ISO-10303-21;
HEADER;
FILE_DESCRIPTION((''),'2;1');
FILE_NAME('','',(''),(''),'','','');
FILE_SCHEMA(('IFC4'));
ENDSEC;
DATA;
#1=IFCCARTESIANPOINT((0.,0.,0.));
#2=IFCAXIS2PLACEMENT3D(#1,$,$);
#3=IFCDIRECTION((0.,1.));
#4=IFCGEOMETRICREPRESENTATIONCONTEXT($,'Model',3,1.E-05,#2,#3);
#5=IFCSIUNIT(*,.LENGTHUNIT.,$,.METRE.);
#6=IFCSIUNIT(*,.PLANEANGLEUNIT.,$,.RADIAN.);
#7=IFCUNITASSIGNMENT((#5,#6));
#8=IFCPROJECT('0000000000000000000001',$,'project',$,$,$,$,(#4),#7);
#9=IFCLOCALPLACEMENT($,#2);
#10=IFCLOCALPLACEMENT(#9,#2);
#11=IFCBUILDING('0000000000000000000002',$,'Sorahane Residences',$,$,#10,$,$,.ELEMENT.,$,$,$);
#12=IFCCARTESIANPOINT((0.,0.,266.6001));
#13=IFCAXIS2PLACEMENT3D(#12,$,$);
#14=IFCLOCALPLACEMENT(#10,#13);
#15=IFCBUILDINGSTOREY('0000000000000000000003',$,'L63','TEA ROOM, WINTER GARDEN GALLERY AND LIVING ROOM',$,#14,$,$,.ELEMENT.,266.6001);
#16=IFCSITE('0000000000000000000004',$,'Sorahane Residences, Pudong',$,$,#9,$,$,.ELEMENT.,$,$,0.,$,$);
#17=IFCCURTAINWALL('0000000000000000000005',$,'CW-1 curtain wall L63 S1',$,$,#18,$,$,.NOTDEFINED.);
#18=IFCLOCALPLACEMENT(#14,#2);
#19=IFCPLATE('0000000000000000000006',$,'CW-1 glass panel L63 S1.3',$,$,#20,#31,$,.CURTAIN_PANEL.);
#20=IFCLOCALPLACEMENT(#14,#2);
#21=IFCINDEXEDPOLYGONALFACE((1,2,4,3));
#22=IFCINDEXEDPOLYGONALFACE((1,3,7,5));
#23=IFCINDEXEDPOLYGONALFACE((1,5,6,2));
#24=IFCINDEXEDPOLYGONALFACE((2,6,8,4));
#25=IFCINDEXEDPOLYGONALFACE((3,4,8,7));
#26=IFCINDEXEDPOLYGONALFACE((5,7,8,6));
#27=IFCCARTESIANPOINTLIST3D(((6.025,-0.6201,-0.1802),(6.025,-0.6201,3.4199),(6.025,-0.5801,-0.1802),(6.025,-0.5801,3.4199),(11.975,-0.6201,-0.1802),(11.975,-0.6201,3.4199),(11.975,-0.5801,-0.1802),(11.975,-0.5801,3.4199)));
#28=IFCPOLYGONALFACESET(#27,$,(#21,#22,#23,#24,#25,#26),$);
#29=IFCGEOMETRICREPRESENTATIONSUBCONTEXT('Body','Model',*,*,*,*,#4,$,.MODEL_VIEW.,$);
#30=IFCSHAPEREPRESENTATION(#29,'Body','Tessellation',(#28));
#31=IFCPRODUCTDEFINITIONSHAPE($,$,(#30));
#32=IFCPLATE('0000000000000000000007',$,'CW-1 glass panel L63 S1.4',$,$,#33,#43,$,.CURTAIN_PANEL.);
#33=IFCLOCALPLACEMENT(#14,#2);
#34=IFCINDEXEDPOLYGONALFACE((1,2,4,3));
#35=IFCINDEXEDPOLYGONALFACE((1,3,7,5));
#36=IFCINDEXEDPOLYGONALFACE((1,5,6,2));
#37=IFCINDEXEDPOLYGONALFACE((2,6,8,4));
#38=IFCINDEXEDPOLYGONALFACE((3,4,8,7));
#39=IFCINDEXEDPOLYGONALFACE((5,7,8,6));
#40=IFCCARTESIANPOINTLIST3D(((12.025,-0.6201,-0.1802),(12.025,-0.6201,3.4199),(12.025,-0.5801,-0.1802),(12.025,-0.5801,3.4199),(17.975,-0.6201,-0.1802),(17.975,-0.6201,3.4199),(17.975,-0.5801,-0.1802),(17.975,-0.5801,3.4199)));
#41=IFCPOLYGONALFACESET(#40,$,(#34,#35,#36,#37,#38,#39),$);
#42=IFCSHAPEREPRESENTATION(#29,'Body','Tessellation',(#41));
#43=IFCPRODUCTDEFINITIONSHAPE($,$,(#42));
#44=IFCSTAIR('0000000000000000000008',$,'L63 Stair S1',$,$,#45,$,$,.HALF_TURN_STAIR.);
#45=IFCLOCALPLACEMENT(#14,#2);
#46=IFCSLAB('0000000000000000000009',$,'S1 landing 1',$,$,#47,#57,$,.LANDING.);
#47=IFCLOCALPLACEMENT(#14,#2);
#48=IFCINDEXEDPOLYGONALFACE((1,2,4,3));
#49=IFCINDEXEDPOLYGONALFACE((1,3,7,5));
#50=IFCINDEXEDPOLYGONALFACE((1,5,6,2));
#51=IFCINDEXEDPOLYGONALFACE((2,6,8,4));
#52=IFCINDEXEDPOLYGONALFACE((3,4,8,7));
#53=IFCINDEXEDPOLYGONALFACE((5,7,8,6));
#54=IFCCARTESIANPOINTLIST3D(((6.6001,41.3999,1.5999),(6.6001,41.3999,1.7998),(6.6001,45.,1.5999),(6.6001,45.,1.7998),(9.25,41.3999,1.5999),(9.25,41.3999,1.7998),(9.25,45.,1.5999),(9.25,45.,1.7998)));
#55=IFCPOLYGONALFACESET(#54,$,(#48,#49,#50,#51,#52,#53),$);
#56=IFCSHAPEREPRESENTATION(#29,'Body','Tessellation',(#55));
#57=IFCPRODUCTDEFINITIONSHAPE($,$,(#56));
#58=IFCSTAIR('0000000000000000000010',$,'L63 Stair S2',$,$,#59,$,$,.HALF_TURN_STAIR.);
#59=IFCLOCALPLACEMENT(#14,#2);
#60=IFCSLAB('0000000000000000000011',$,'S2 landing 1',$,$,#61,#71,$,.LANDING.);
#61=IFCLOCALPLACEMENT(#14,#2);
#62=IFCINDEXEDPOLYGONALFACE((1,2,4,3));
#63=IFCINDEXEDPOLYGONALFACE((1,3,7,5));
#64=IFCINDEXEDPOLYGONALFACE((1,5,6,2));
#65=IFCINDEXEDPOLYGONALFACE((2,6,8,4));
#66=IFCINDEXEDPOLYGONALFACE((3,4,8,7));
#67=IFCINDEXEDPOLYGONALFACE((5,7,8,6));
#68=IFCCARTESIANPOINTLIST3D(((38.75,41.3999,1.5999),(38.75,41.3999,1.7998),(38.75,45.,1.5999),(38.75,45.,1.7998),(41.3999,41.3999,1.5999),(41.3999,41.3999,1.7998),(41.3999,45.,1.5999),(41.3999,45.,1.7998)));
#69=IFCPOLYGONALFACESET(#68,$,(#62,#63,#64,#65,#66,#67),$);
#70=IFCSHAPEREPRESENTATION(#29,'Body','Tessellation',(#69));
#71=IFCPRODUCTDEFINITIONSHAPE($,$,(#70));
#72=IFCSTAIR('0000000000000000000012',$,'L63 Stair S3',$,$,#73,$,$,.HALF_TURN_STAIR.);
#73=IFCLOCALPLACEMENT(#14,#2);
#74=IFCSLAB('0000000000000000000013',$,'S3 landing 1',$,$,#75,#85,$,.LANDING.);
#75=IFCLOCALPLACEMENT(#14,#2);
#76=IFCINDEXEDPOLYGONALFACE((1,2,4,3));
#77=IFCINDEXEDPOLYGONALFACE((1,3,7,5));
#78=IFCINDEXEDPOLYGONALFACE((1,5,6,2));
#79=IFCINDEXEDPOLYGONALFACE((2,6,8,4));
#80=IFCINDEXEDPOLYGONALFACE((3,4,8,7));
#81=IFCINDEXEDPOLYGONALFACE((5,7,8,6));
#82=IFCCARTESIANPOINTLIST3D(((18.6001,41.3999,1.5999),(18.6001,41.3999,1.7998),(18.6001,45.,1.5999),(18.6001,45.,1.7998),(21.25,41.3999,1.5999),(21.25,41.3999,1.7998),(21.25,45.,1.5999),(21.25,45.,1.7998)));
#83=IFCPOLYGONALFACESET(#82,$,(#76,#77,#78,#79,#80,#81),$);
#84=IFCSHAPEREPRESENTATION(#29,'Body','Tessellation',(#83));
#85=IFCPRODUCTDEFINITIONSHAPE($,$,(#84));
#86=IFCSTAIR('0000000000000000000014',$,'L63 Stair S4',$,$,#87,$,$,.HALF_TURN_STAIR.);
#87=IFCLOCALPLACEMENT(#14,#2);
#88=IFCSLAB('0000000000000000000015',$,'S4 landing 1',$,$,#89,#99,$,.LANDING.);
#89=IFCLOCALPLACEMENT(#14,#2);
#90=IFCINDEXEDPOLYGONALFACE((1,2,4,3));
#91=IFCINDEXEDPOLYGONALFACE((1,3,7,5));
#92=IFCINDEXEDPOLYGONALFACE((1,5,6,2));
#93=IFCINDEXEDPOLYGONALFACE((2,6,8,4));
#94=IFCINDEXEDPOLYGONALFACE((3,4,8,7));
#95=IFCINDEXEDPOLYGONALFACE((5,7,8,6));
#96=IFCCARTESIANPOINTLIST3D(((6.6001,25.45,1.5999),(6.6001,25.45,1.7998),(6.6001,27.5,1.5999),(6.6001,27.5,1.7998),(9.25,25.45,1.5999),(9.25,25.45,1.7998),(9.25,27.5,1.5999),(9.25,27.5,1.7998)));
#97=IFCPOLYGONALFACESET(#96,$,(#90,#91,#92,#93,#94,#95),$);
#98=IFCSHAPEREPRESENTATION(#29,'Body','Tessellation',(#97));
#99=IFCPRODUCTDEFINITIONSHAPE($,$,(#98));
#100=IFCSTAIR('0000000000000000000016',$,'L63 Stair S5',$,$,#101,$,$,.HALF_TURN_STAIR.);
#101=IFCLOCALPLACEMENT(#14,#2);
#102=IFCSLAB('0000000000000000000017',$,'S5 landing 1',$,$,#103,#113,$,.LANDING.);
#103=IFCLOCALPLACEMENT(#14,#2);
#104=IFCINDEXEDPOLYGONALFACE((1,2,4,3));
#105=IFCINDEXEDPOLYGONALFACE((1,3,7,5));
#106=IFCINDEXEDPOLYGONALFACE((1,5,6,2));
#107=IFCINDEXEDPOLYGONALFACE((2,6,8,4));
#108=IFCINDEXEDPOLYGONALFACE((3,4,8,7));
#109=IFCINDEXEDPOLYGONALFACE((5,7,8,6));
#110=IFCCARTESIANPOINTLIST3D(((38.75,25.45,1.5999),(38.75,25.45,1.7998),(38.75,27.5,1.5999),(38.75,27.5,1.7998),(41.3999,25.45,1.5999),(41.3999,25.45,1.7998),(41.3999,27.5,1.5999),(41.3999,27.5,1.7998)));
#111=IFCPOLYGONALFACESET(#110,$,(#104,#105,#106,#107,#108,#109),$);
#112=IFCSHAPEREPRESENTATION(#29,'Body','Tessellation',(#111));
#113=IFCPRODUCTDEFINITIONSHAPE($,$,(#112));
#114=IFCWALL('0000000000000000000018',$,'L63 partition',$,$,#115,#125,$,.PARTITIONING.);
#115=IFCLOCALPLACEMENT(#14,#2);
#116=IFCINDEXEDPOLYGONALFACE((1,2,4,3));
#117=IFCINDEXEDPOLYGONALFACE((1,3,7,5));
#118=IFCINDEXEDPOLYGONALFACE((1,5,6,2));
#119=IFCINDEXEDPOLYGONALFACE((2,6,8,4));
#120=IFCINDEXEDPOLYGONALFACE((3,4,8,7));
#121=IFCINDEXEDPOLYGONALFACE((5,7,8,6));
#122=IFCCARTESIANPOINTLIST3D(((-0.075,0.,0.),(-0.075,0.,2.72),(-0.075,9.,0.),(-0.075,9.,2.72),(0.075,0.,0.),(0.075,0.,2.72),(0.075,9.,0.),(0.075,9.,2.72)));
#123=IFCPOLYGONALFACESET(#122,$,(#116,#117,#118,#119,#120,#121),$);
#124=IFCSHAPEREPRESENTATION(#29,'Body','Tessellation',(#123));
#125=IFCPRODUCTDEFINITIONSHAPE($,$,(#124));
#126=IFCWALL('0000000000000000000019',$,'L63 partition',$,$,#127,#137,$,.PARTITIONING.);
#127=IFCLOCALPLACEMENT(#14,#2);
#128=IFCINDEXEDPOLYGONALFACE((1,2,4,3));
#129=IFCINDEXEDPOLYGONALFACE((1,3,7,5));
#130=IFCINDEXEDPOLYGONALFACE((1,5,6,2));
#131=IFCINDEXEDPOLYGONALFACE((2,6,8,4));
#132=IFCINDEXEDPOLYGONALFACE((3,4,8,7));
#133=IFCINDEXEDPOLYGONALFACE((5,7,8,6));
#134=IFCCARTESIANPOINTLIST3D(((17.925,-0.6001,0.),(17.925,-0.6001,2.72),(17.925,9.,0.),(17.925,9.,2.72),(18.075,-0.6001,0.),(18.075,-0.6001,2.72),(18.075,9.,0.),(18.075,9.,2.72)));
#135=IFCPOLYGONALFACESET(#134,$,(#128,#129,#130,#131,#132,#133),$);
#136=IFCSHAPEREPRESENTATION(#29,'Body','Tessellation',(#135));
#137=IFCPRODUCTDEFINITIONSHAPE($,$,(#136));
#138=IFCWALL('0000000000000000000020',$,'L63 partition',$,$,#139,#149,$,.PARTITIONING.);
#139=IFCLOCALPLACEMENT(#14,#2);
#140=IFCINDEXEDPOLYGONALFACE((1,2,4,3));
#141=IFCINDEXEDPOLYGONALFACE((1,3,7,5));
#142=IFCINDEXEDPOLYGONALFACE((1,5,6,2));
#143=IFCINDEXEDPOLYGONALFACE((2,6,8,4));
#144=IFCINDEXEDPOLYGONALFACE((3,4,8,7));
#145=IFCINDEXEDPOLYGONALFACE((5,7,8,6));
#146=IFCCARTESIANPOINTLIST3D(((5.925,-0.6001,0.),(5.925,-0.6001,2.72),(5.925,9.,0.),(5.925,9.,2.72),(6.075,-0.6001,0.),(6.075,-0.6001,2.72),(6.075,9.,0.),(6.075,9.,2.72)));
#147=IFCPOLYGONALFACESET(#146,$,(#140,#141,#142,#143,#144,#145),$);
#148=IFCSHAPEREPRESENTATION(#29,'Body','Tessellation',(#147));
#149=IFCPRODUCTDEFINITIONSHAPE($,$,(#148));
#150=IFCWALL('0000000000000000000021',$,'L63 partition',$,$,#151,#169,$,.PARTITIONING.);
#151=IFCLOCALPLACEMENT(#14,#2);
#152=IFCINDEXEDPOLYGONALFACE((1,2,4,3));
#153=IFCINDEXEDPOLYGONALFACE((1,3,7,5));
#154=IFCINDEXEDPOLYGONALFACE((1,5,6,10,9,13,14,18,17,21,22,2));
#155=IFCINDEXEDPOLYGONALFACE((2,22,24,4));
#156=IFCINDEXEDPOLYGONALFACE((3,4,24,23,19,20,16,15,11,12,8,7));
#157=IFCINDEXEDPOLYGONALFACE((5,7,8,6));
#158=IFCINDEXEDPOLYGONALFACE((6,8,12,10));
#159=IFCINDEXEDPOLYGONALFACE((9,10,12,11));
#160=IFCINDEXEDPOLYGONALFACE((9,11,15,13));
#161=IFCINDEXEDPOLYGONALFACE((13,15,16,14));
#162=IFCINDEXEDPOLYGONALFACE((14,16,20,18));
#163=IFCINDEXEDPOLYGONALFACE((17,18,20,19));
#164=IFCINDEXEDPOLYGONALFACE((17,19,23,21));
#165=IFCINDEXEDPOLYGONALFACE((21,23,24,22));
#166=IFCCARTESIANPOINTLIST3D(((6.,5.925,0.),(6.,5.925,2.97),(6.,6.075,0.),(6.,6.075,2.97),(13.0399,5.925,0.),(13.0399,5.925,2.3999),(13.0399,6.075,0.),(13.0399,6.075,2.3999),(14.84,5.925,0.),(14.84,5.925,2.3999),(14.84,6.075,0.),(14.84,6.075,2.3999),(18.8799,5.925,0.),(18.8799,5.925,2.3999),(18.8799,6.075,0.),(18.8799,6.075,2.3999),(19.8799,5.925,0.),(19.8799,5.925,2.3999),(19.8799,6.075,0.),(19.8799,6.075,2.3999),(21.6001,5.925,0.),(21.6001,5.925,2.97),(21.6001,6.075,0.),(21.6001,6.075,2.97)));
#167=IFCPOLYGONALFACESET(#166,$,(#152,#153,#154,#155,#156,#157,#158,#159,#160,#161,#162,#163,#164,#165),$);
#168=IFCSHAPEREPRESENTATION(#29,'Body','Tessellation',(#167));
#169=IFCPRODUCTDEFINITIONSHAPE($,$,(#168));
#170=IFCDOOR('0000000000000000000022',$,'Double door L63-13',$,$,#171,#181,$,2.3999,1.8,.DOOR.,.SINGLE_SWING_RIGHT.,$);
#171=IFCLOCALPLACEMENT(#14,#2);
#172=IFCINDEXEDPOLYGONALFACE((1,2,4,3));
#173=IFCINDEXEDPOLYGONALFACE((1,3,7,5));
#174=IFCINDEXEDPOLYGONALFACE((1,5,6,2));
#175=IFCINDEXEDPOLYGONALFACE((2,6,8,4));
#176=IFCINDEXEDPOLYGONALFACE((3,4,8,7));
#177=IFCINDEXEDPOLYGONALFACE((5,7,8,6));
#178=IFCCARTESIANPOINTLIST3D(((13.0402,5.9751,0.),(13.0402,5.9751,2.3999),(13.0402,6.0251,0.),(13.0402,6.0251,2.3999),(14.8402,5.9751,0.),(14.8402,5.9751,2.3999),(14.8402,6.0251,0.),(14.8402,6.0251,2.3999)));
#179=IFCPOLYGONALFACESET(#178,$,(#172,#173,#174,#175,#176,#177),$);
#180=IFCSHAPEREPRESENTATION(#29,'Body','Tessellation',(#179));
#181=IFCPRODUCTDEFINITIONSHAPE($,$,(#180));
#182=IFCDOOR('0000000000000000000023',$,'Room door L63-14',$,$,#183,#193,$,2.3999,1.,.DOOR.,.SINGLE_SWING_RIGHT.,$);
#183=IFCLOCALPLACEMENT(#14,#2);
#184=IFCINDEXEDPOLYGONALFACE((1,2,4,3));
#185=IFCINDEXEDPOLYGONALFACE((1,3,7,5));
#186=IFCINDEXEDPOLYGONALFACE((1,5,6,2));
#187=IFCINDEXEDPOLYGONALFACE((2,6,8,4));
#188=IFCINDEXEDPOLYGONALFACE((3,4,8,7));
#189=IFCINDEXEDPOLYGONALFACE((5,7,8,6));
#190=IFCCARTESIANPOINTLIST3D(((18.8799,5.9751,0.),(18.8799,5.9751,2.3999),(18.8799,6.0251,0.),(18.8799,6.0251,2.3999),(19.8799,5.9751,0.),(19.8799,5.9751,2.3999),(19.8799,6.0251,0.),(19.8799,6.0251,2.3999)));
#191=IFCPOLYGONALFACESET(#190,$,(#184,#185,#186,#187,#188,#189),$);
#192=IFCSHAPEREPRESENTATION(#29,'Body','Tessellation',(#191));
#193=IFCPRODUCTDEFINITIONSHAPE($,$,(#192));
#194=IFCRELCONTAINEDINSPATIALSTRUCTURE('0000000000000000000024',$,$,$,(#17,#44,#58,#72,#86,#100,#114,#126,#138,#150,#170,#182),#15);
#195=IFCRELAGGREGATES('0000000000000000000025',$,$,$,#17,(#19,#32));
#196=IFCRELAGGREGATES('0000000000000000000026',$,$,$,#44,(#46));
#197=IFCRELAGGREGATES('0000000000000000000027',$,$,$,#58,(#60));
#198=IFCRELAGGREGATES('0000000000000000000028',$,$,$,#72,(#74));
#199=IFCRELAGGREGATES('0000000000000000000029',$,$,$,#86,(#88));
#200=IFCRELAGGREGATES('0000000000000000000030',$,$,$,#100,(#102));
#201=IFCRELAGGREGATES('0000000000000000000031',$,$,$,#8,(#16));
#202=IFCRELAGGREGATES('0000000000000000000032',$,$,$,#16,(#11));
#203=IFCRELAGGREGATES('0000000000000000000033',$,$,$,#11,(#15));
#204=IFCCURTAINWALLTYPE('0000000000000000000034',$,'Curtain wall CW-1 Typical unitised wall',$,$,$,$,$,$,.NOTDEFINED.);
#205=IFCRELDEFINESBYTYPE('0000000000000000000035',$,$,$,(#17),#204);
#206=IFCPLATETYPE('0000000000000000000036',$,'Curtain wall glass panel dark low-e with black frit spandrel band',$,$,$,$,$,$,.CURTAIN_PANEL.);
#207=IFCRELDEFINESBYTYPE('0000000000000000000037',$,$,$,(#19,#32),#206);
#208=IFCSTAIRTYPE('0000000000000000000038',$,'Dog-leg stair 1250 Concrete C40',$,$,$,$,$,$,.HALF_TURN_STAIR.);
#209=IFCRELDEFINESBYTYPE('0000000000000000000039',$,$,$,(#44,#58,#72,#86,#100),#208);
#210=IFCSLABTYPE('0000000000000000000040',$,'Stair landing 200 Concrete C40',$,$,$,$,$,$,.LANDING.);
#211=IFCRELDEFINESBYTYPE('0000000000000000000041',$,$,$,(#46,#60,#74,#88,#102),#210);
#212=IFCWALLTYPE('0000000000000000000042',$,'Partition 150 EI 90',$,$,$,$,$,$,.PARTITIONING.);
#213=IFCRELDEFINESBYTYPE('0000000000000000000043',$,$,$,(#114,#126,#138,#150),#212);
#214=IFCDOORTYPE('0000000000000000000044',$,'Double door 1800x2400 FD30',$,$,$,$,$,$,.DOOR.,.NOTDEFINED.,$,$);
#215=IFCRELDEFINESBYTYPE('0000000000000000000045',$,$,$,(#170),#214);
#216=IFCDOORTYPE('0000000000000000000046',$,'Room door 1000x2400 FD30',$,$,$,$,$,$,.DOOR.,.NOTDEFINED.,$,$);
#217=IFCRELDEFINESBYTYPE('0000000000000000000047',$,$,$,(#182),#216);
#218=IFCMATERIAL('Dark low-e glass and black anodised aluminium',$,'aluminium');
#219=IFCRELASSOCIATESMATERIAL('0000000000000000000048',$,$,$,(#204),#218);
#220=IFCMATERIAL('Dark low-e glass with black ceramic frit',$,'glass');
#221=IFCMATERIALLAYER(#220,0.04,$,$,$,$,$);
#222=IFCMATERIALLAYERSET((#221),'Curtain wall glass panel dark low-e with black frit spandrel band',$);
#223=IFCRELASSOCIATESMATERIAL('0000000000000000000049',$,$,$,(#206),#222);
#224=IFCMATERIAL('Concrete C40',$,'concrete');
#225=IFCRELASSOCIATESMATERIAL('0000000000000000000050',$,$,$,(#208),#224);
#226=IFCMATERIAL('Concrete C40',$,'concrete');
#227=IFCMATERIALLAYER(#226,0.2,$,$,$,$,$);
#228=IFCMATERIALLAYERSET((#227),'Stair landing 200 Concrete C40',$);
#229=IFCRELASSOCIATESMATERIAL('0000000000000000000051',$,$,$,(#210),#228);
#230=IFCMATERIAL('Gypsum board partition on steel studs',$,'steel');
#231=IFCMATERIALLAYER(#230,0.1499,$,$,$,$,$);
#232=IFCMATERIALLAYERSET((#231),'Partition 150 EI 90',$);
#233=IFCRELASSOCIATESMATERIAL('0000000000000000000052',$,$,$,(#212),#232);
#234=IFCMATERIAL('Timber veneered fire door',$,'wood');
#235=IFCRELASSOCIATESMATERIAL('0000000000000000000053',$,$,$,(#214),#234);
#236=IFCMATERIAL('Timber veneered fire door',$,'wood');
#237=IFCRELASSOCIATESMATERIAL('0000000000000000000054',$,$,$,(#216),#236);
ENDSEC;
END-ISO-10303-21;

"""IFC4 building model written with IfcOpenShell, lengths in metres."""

from ifc_helpers import new_model, si_unit, direction, frame, frame_2d, origin, origin_2d, place, context, subcontext, project, spatial, polyline, rectangle, outline, extrude, material, layer, layer_set, type_object, element, fill, aggregate, save


model = new_model("IFC4")

# Units and contexts
model_context = context("Model", 3, precision=1e-05, world=origin(), true_north=direction((0.0, 1.0)))
body_context = subcontext(model_context, "Body", "Model", "MODEL_VIEW")
ifc_project = project(units=[si_unit("LENGTHUNIT", "METRE"), si_unit("PLANEANGLEUNIT", "RADIAN")], contexts=[model_context])

# Site, building, storey
site_placement = place(None, origin())
site = spatial("IfcSite", under=ifc_project, at=site_placement, Name="Sorahane Residences, Pudong", CompositionType="ELEMENT", RefElevation=0.0)
building_placement = place(site_placement, origin())
building = spatial("IfcBuilding", under=site, at=building_placement, Name="Sorahane Residences", CompositionType="ELEMENT")
storey_placement = place(building_placement, frame((0.0, 0.0, 266.6001)))
storey = spatial("IfcBuildingStorey", under=building, at=storey_placement, Name="L63", Description="TEA ROOM, WINTER GARDEN GALLERY AND LIVING ROOM", CompositionType="ELEMENT", Elevation=266.6001)

# Curtain wall
ifc_material_1 = material(Name="Dark low-e glass and black anodised aluminium", Category="aluminium")
curtain_wall_type = type_object("IfcCurtainWallType", Name="Curtain wall CW-1 Typical unitised wall", PredefinedType="NOTDEFINED", material=ifc_material_1)
curtain_wall_placement = place(storey_placement, origin())
curtain_wall = element("IfcCurtainWall", 1, at=curtain_wall_placement, inside=storey, type_object=curtain_wall_type, Name="CW-1 curtain wall L63 S1", PredefinedType="NOTDEFINED")

# Plates
ifc_material_2 = material(Name="Dark low-e glass with black ceramic frit", Category="glass")
ifc_layer_1 = layer(ifc_material_2, 0.04)
ifc_layer_set_1 = layer_set([ifc_layer_1], Name="Curtain wall glass panel dark low-e with black frit spandrel band")
plate_type = type_object("IfcPlateType", Name="Curtain wall glass panel dark low-e with black frit spandrel band", PredefinedType="CURTAIN_PANEL", material=ifc_layer_set_1)
plate_1_placement = place(storey_placement, frame((9.0, -0.6001, -0.1802), z_axis=(0.0, 0.0, 1.0), x_axis=(1.0, 0.0, 0.0)))
plate_1 = element("IfcPlate", 2, at=plate_1_placement, type_object=plate_type, Name="CW-1 glass panel L63 S1.3", PredefinedType="CURTAIN_PANEL", context=body_context, shape_type="SweptSolid", body=[
    extrude(rectangle(XDim=5.95, YDim=0.04, at=origin_2d()), origin(), (0.0, 0.0, 1.0), 3.6001),
])
plate_2_placement = place(storey_placement, frame((15.0, -0.6001, -0.1802), z_axis=(0.0, 0.0, 1.0), x_axis=(1.0, 0.0, 0.0)))
plate_2 = element("IfcPlate", 3, at=plate_2_placement, type_object=plate_type, Name="CW-1 glass panel L63 S1.4", PredefinedType="CURTAIN_PANEL", context=body_context, shape_type="SweptSolid", body=[
    extrude(rectangle(XDim=5.95, YDim=0.04, at=origin_2d()), origin(), (0.0, 0.0, 1.0), 3.6001),
])
aggregate(curtain_wall, [plate_1, plate_2])

# Stairs, slabs
ifc_material_3 = material(Name="Concrete C40", Category="concrete")
stair_type = type_object("IfcStairType", Name="Dog-leg stair 1250 Concrete C40", PredefinedType="HALF_TURN_STAIR", material=ifc_material_3)
stair_1_placement = place(storey_placement, origin())
stair_1 = element("IfcStair", 4, at=stair_1_placement, inside=storey, type_object=stair_type, Name="L63 Stair S1", PredefinedType="HALF_TURN_STAIR")
ifc_material_4 = material(Name="Concrete C40", Category="concrete")
ifc_layer_2 = layer(ifc_material_4, 0.2)
ifc_layer_set_2 = layer_set([ifc_layer_2], Name="Stair landing 200 Concrete C40")
slab_type_1 = type_object("IfcSlabType", Name="Stair landing 200 Concrete C40", PredefinedType="LANDING", material=ifc_layer_set_2)
slab_1_placement = place(storey_placement, frame((0.0, 0.0, 1.5999)))
slab_1 = element("IfcSlab", 5, at=slab_1_placement, type_object=slab_type_1, Name="S1 landing 1", PredefinedType="LANDING", context=body_context, shape_type="SweptSolid", body=[
    extrude(outline(polyline([(9.25, 41.3999), (9.25, 45.0), (6.6001, 45.0), (6.6001, 41.3999), (9.25, 41.3999)])), origin(), (0.0, 0.0, 1.0), 0.2),
])
aggregate(stair_1, [slab_1])
stair_2_placement = place(storey_placement, origin())
stair_2 = element("IfcStair", 6, at=stair_2_placement, inside=storey, type_object=stair_type, Name="L63 Stair S2", PredefinedType="HALF_TURN_STAIR")
slab_2_placement = place(storey_placement, frame((0.0, 0.0, 1.5999)))
slab_2 = element("IfcSlab", 7, at=slab_2_placement, type_object=slab_type_1, Name="S2 landing 1", PredefinedType="LANDING", context=body_context, shape_type="SweptSolid", body=[
    extrude(outline(polyline([(41.3999, 41.3999), (41.3999, 45.0), (38.75, 45.0), (38.75, 41.3999), (41.3999, 41.3999)])), origin(), (0.0, 0.0, 1.0), 0.2),
])
aggregate(stair_2, [slab_2])
stair_3_placement = place(storey_placement, origin())
stair_3 = element("IfcStair", 8, at=stair_3_placement, inside=storey, type_object=stair_type, Name="L63 Stair S3", PredefinedType="HALF_TURN_STAIR")
slab_3_placement = place(storey_placement, frame((0.0, 0.0, 1.5999)))
slab_3 = element("IfcSlab", 9, at=slab_3_placement, type_object=slab_type_1, Name="S3 landing 1", PredefinedType="LANDING", context=body_context, shape_type="SweptSolid", body=[
    extrude(outline(polyline([(21.25, 41.3999), (21.25, 45.0), (18.6001, 45.0), (18.6001, 41.3999), (21.25, 41.3999)])), origin(), (0.0, 0.0, 1.0), 0.2),
])
aggregate(stair_3, [slab_3])
stair_4_placement = place(storey_placement, origin())
stair_4 = element("IfcStair", 10, at=stair_4_placement, inside=storey, type_object=stair_type, Name="L63 Stair S4", PredefinedType="HALF_TURN_STAIR")
slab_4_placement = place(storey_placement, frame((0.0, 0.0, 1.5999)))
slab_4 = element("IfcSlab", 11, at=slab_4_placement, type_object=slab_type_1, Name="S4 landing 1", PredefinedType="LANDING", context=body_context, shape_type="SweptSolid", body=[
    extrude(outline(polyline([(9.25, 25.45), (9.25, 27.5), (6.6001, 27.5), (6.6001, 25.45), (9.25, 25.45)])), origin(), (0.0, 0.0, 1.0), 0.2),
])
aggregate(stair_4, [slab_4])
stair_5_placement = place(storey_placement, origin())
stair_5 = element("IfcStair", 12, at=stair_5_placement, inside=storey, type_object=stair_type, Name="L63 Stair S5", PredefinedType="HALF_TURN_STAIR")
slab_5_placement = place(storey_placement, frame((0.0, 0.0, 1.5999)))
slab_5 = element("IfcSlab", 13, at=slab_5_placement, type_object=slab_type_1, Name="S5 landing 1", PredefinedType="LANDING", context=body_context, shape_type="SweptSolid", body=[
    extrude(outline(polyline([(41.3999, 25.45), (41.3999, 27.5), (38.75, 27.5), (38.75, 25.45), (41.3999, 25.45)])), origin(), (0.0, 0.0, 1.0), 0.2),
])
aggregate(stair_5, [slab_5])

# Walls
ifc_material_5 = material(Name="Gypsum board partition on steel studs", Category="steel")
ifc_layer_3 = layer(ifc_material_5, 0.1499)
ifc_layer_set_3 = layer_set([ifc_layer_3], Name="Partition 150 EI 90")
wall_type = type_object("IfcWallType", Name="Partition 150 EI 90", PredefinedType="PARTITIONING", material=ifc_layer_set_3)
wall_1_placement = place(storey_placement, frame((0.0, 0.0, 0.0), z_axis=(0.0, 0.0, 1.0), x_axis=(0.0, 1.0, 0.0)))
element("IfcWall", 14, at=wall_1_placement, inside=storey, type_object=wall_type, Name="L63 partition", PredefinedType="PARTITIONING", context=body_context, shape_type="SweptSolid", body=[
    extrude(rectangle(XDim=9.0, YDim=0.1499, at=frame_2d((4.5, 0.0))), origin(), (0.0, 0.0, 1.0), 2.72),
])
for number, where, z_axis, x_axis, name in (
    (15, (18.0, -0.6001, 0.0), (0.0, 0.0, 1.0), (0.0, 1.0, 0.0), "L63 partition"),
    (16, (6.0, -0.6001, 0.0), (0.0, 0.0, 1.0), (0.0, 1.0, 0.0), "L63 partition"),
):
    element("IfcWall", number, at=place(storey_placement, frame(where, z_axis=z_axis, x_axis=x_axis)), inside=storey, type_object=wall_type, Name=name, PredefinedType="PARTITIONING", context=body_context, shape_type="SweptSolid", body=[
        extrude(rectangle(XDim=9.6001, YDim=0.1499, at=frame_2d((4.8, 0.0))), origin(), (0.0, 0.0, 1.0), 2.72),
    ])

# Wall, openings, doors
wall_2_placement = place(storey_placement, frame((6.0, 6.0, 0.0), z_axis=(0.0, 0.0, 1.0), x_axis=(1.0, 0.0, 0.0)))
wall_2 = element("IfcWall", 17, at=wall_2_placement, inside=storey, type_object=wall_type, Name="L63 partition", PredefinedType="PARTITIONING", context=body_context, shape_type="SweptSolid", body=[
    extrude(rectangle(XDim=15.6001, YDim=0.1499, at=frame_2d((7.8, 0.0))), origin(), (0.0, 0.0, 1.0), 2.97),
])
opening_1_placement = place(wall_2_placement, frame((7.04, 0.0, 0.0)))
opening_1 = element("IfcOpeningElement", 18, at=opening_1_placement, cuts=wall_2, PredefinedType="OPENING", context=body_context, shape_type="SweptSolid", body=[
    extrude(rectangle(XDim=1.8, YDim=2.3999, at=frame_2d((0.8999, 1.2))), frame((0.0, 0.085, 0.0), z_axis=(0.0, -1.0, 0.0), x_axis=(1.0, 0.0, 0.0)), (0.0, 0.0, 1.0), 0.1699),
])
opening_2_placement = place(wall_2_placement, frame((12.8799, 0.0, 0.0)))
opening_2 = element("IfcOpeningElement", 19, at=opening_2_placement, cuts=wall_2, PredefinedType="OPENING", context=body_context, shape_type="SweptSolid", body=[
    extrude(rectangle(XDim=1.0, YDim=2.3999, at=frame_2d((0.5, 1.2))), frame((0.0, 0.085, 0.0), z_axis=(0.0, -1.0, 0.0), x_axis=(1.0, 0.0, 0.0)), (0.0, 0.0, 1.0), 0.1699),
])
ifc_material_6 = material(Name="Timber veneered fire door", Category="wood")
door_type_1 = type_object("IfcDoorType", Name="Double door 1800x2400 FD30", OperationType="NOTDEFINED", PredefinedType="DOOR", material=ifc_material_6)
door_1_placement = place(opening_1_placement, frame((1.8, 0.0, 0.0), z_axis=(0.0, 0.0, 1.0), x_axis=(-1.0, 0.0, 0.0)))
door_1 = element("IfcDoor", 20, at=door_1_placement, inside=storey, type_object=door_type_1, Name="Double door L63-13", OperationType="SINGLE_SWING_RIGHT", OverallHeight=2.3999, OverallWidth=1.8, PredefinedType="DOOR", context=body_context, shape_type="SweptSolid", body=[
    extrude(rectangle(XDim=1.8, YDim=2.3999, at=frame_2d((0.8999, 1.2))), frame((0.0, 0.0249, 0.0), z_axis=(0.0, -1.0, 0.0), x_axis=(1.0, 0.0, 0.0)), (0.0, 0.0, 1.0), 0.05),
])
fill(opening_1, door_1)
ifc_material_7 = material(Name="Timber veneered fire door", Category="wood")
door_type_2 = type_object("IfcDoorType", Name="Room door 1000x2400 FD30", OperationType="NOTDEFINED", PredefinedType="DOOR", material=ifc_material_7)
door_2_placement = place(opening_2_placement, frame((1.0, 0.0, 0.0), z_axis=(0.0, 0.0, 1.0), x_axis=(-1.0, 0.0, 0.0)))
door_2 = element("IfcDoor", 21, at=door_2_placement, inside=storey, type_object=door_type_2, Name="Room door L63-14", OperationType="SINGLE_SWING_RIGHT", OverallHeight=2.3999, OverallWidth=1.0, PredefinedType="DOOR", context=body_context, shape_type="SweptSolid", body=[
    extrude(rectangle(XDim=1.0, YDim=2.3999, at=frame_2d((0.5, 1.2))), frame((0.0, 0.0249, 0.0), z_axis=(0.0, -1.0, 0.0), x_axis=(1.0, 0.0, 0.0)), (0.0, 0.0, 1.0), 0.05),
])
fill(opening_2, door_2)

save(model, "model.ifc")
